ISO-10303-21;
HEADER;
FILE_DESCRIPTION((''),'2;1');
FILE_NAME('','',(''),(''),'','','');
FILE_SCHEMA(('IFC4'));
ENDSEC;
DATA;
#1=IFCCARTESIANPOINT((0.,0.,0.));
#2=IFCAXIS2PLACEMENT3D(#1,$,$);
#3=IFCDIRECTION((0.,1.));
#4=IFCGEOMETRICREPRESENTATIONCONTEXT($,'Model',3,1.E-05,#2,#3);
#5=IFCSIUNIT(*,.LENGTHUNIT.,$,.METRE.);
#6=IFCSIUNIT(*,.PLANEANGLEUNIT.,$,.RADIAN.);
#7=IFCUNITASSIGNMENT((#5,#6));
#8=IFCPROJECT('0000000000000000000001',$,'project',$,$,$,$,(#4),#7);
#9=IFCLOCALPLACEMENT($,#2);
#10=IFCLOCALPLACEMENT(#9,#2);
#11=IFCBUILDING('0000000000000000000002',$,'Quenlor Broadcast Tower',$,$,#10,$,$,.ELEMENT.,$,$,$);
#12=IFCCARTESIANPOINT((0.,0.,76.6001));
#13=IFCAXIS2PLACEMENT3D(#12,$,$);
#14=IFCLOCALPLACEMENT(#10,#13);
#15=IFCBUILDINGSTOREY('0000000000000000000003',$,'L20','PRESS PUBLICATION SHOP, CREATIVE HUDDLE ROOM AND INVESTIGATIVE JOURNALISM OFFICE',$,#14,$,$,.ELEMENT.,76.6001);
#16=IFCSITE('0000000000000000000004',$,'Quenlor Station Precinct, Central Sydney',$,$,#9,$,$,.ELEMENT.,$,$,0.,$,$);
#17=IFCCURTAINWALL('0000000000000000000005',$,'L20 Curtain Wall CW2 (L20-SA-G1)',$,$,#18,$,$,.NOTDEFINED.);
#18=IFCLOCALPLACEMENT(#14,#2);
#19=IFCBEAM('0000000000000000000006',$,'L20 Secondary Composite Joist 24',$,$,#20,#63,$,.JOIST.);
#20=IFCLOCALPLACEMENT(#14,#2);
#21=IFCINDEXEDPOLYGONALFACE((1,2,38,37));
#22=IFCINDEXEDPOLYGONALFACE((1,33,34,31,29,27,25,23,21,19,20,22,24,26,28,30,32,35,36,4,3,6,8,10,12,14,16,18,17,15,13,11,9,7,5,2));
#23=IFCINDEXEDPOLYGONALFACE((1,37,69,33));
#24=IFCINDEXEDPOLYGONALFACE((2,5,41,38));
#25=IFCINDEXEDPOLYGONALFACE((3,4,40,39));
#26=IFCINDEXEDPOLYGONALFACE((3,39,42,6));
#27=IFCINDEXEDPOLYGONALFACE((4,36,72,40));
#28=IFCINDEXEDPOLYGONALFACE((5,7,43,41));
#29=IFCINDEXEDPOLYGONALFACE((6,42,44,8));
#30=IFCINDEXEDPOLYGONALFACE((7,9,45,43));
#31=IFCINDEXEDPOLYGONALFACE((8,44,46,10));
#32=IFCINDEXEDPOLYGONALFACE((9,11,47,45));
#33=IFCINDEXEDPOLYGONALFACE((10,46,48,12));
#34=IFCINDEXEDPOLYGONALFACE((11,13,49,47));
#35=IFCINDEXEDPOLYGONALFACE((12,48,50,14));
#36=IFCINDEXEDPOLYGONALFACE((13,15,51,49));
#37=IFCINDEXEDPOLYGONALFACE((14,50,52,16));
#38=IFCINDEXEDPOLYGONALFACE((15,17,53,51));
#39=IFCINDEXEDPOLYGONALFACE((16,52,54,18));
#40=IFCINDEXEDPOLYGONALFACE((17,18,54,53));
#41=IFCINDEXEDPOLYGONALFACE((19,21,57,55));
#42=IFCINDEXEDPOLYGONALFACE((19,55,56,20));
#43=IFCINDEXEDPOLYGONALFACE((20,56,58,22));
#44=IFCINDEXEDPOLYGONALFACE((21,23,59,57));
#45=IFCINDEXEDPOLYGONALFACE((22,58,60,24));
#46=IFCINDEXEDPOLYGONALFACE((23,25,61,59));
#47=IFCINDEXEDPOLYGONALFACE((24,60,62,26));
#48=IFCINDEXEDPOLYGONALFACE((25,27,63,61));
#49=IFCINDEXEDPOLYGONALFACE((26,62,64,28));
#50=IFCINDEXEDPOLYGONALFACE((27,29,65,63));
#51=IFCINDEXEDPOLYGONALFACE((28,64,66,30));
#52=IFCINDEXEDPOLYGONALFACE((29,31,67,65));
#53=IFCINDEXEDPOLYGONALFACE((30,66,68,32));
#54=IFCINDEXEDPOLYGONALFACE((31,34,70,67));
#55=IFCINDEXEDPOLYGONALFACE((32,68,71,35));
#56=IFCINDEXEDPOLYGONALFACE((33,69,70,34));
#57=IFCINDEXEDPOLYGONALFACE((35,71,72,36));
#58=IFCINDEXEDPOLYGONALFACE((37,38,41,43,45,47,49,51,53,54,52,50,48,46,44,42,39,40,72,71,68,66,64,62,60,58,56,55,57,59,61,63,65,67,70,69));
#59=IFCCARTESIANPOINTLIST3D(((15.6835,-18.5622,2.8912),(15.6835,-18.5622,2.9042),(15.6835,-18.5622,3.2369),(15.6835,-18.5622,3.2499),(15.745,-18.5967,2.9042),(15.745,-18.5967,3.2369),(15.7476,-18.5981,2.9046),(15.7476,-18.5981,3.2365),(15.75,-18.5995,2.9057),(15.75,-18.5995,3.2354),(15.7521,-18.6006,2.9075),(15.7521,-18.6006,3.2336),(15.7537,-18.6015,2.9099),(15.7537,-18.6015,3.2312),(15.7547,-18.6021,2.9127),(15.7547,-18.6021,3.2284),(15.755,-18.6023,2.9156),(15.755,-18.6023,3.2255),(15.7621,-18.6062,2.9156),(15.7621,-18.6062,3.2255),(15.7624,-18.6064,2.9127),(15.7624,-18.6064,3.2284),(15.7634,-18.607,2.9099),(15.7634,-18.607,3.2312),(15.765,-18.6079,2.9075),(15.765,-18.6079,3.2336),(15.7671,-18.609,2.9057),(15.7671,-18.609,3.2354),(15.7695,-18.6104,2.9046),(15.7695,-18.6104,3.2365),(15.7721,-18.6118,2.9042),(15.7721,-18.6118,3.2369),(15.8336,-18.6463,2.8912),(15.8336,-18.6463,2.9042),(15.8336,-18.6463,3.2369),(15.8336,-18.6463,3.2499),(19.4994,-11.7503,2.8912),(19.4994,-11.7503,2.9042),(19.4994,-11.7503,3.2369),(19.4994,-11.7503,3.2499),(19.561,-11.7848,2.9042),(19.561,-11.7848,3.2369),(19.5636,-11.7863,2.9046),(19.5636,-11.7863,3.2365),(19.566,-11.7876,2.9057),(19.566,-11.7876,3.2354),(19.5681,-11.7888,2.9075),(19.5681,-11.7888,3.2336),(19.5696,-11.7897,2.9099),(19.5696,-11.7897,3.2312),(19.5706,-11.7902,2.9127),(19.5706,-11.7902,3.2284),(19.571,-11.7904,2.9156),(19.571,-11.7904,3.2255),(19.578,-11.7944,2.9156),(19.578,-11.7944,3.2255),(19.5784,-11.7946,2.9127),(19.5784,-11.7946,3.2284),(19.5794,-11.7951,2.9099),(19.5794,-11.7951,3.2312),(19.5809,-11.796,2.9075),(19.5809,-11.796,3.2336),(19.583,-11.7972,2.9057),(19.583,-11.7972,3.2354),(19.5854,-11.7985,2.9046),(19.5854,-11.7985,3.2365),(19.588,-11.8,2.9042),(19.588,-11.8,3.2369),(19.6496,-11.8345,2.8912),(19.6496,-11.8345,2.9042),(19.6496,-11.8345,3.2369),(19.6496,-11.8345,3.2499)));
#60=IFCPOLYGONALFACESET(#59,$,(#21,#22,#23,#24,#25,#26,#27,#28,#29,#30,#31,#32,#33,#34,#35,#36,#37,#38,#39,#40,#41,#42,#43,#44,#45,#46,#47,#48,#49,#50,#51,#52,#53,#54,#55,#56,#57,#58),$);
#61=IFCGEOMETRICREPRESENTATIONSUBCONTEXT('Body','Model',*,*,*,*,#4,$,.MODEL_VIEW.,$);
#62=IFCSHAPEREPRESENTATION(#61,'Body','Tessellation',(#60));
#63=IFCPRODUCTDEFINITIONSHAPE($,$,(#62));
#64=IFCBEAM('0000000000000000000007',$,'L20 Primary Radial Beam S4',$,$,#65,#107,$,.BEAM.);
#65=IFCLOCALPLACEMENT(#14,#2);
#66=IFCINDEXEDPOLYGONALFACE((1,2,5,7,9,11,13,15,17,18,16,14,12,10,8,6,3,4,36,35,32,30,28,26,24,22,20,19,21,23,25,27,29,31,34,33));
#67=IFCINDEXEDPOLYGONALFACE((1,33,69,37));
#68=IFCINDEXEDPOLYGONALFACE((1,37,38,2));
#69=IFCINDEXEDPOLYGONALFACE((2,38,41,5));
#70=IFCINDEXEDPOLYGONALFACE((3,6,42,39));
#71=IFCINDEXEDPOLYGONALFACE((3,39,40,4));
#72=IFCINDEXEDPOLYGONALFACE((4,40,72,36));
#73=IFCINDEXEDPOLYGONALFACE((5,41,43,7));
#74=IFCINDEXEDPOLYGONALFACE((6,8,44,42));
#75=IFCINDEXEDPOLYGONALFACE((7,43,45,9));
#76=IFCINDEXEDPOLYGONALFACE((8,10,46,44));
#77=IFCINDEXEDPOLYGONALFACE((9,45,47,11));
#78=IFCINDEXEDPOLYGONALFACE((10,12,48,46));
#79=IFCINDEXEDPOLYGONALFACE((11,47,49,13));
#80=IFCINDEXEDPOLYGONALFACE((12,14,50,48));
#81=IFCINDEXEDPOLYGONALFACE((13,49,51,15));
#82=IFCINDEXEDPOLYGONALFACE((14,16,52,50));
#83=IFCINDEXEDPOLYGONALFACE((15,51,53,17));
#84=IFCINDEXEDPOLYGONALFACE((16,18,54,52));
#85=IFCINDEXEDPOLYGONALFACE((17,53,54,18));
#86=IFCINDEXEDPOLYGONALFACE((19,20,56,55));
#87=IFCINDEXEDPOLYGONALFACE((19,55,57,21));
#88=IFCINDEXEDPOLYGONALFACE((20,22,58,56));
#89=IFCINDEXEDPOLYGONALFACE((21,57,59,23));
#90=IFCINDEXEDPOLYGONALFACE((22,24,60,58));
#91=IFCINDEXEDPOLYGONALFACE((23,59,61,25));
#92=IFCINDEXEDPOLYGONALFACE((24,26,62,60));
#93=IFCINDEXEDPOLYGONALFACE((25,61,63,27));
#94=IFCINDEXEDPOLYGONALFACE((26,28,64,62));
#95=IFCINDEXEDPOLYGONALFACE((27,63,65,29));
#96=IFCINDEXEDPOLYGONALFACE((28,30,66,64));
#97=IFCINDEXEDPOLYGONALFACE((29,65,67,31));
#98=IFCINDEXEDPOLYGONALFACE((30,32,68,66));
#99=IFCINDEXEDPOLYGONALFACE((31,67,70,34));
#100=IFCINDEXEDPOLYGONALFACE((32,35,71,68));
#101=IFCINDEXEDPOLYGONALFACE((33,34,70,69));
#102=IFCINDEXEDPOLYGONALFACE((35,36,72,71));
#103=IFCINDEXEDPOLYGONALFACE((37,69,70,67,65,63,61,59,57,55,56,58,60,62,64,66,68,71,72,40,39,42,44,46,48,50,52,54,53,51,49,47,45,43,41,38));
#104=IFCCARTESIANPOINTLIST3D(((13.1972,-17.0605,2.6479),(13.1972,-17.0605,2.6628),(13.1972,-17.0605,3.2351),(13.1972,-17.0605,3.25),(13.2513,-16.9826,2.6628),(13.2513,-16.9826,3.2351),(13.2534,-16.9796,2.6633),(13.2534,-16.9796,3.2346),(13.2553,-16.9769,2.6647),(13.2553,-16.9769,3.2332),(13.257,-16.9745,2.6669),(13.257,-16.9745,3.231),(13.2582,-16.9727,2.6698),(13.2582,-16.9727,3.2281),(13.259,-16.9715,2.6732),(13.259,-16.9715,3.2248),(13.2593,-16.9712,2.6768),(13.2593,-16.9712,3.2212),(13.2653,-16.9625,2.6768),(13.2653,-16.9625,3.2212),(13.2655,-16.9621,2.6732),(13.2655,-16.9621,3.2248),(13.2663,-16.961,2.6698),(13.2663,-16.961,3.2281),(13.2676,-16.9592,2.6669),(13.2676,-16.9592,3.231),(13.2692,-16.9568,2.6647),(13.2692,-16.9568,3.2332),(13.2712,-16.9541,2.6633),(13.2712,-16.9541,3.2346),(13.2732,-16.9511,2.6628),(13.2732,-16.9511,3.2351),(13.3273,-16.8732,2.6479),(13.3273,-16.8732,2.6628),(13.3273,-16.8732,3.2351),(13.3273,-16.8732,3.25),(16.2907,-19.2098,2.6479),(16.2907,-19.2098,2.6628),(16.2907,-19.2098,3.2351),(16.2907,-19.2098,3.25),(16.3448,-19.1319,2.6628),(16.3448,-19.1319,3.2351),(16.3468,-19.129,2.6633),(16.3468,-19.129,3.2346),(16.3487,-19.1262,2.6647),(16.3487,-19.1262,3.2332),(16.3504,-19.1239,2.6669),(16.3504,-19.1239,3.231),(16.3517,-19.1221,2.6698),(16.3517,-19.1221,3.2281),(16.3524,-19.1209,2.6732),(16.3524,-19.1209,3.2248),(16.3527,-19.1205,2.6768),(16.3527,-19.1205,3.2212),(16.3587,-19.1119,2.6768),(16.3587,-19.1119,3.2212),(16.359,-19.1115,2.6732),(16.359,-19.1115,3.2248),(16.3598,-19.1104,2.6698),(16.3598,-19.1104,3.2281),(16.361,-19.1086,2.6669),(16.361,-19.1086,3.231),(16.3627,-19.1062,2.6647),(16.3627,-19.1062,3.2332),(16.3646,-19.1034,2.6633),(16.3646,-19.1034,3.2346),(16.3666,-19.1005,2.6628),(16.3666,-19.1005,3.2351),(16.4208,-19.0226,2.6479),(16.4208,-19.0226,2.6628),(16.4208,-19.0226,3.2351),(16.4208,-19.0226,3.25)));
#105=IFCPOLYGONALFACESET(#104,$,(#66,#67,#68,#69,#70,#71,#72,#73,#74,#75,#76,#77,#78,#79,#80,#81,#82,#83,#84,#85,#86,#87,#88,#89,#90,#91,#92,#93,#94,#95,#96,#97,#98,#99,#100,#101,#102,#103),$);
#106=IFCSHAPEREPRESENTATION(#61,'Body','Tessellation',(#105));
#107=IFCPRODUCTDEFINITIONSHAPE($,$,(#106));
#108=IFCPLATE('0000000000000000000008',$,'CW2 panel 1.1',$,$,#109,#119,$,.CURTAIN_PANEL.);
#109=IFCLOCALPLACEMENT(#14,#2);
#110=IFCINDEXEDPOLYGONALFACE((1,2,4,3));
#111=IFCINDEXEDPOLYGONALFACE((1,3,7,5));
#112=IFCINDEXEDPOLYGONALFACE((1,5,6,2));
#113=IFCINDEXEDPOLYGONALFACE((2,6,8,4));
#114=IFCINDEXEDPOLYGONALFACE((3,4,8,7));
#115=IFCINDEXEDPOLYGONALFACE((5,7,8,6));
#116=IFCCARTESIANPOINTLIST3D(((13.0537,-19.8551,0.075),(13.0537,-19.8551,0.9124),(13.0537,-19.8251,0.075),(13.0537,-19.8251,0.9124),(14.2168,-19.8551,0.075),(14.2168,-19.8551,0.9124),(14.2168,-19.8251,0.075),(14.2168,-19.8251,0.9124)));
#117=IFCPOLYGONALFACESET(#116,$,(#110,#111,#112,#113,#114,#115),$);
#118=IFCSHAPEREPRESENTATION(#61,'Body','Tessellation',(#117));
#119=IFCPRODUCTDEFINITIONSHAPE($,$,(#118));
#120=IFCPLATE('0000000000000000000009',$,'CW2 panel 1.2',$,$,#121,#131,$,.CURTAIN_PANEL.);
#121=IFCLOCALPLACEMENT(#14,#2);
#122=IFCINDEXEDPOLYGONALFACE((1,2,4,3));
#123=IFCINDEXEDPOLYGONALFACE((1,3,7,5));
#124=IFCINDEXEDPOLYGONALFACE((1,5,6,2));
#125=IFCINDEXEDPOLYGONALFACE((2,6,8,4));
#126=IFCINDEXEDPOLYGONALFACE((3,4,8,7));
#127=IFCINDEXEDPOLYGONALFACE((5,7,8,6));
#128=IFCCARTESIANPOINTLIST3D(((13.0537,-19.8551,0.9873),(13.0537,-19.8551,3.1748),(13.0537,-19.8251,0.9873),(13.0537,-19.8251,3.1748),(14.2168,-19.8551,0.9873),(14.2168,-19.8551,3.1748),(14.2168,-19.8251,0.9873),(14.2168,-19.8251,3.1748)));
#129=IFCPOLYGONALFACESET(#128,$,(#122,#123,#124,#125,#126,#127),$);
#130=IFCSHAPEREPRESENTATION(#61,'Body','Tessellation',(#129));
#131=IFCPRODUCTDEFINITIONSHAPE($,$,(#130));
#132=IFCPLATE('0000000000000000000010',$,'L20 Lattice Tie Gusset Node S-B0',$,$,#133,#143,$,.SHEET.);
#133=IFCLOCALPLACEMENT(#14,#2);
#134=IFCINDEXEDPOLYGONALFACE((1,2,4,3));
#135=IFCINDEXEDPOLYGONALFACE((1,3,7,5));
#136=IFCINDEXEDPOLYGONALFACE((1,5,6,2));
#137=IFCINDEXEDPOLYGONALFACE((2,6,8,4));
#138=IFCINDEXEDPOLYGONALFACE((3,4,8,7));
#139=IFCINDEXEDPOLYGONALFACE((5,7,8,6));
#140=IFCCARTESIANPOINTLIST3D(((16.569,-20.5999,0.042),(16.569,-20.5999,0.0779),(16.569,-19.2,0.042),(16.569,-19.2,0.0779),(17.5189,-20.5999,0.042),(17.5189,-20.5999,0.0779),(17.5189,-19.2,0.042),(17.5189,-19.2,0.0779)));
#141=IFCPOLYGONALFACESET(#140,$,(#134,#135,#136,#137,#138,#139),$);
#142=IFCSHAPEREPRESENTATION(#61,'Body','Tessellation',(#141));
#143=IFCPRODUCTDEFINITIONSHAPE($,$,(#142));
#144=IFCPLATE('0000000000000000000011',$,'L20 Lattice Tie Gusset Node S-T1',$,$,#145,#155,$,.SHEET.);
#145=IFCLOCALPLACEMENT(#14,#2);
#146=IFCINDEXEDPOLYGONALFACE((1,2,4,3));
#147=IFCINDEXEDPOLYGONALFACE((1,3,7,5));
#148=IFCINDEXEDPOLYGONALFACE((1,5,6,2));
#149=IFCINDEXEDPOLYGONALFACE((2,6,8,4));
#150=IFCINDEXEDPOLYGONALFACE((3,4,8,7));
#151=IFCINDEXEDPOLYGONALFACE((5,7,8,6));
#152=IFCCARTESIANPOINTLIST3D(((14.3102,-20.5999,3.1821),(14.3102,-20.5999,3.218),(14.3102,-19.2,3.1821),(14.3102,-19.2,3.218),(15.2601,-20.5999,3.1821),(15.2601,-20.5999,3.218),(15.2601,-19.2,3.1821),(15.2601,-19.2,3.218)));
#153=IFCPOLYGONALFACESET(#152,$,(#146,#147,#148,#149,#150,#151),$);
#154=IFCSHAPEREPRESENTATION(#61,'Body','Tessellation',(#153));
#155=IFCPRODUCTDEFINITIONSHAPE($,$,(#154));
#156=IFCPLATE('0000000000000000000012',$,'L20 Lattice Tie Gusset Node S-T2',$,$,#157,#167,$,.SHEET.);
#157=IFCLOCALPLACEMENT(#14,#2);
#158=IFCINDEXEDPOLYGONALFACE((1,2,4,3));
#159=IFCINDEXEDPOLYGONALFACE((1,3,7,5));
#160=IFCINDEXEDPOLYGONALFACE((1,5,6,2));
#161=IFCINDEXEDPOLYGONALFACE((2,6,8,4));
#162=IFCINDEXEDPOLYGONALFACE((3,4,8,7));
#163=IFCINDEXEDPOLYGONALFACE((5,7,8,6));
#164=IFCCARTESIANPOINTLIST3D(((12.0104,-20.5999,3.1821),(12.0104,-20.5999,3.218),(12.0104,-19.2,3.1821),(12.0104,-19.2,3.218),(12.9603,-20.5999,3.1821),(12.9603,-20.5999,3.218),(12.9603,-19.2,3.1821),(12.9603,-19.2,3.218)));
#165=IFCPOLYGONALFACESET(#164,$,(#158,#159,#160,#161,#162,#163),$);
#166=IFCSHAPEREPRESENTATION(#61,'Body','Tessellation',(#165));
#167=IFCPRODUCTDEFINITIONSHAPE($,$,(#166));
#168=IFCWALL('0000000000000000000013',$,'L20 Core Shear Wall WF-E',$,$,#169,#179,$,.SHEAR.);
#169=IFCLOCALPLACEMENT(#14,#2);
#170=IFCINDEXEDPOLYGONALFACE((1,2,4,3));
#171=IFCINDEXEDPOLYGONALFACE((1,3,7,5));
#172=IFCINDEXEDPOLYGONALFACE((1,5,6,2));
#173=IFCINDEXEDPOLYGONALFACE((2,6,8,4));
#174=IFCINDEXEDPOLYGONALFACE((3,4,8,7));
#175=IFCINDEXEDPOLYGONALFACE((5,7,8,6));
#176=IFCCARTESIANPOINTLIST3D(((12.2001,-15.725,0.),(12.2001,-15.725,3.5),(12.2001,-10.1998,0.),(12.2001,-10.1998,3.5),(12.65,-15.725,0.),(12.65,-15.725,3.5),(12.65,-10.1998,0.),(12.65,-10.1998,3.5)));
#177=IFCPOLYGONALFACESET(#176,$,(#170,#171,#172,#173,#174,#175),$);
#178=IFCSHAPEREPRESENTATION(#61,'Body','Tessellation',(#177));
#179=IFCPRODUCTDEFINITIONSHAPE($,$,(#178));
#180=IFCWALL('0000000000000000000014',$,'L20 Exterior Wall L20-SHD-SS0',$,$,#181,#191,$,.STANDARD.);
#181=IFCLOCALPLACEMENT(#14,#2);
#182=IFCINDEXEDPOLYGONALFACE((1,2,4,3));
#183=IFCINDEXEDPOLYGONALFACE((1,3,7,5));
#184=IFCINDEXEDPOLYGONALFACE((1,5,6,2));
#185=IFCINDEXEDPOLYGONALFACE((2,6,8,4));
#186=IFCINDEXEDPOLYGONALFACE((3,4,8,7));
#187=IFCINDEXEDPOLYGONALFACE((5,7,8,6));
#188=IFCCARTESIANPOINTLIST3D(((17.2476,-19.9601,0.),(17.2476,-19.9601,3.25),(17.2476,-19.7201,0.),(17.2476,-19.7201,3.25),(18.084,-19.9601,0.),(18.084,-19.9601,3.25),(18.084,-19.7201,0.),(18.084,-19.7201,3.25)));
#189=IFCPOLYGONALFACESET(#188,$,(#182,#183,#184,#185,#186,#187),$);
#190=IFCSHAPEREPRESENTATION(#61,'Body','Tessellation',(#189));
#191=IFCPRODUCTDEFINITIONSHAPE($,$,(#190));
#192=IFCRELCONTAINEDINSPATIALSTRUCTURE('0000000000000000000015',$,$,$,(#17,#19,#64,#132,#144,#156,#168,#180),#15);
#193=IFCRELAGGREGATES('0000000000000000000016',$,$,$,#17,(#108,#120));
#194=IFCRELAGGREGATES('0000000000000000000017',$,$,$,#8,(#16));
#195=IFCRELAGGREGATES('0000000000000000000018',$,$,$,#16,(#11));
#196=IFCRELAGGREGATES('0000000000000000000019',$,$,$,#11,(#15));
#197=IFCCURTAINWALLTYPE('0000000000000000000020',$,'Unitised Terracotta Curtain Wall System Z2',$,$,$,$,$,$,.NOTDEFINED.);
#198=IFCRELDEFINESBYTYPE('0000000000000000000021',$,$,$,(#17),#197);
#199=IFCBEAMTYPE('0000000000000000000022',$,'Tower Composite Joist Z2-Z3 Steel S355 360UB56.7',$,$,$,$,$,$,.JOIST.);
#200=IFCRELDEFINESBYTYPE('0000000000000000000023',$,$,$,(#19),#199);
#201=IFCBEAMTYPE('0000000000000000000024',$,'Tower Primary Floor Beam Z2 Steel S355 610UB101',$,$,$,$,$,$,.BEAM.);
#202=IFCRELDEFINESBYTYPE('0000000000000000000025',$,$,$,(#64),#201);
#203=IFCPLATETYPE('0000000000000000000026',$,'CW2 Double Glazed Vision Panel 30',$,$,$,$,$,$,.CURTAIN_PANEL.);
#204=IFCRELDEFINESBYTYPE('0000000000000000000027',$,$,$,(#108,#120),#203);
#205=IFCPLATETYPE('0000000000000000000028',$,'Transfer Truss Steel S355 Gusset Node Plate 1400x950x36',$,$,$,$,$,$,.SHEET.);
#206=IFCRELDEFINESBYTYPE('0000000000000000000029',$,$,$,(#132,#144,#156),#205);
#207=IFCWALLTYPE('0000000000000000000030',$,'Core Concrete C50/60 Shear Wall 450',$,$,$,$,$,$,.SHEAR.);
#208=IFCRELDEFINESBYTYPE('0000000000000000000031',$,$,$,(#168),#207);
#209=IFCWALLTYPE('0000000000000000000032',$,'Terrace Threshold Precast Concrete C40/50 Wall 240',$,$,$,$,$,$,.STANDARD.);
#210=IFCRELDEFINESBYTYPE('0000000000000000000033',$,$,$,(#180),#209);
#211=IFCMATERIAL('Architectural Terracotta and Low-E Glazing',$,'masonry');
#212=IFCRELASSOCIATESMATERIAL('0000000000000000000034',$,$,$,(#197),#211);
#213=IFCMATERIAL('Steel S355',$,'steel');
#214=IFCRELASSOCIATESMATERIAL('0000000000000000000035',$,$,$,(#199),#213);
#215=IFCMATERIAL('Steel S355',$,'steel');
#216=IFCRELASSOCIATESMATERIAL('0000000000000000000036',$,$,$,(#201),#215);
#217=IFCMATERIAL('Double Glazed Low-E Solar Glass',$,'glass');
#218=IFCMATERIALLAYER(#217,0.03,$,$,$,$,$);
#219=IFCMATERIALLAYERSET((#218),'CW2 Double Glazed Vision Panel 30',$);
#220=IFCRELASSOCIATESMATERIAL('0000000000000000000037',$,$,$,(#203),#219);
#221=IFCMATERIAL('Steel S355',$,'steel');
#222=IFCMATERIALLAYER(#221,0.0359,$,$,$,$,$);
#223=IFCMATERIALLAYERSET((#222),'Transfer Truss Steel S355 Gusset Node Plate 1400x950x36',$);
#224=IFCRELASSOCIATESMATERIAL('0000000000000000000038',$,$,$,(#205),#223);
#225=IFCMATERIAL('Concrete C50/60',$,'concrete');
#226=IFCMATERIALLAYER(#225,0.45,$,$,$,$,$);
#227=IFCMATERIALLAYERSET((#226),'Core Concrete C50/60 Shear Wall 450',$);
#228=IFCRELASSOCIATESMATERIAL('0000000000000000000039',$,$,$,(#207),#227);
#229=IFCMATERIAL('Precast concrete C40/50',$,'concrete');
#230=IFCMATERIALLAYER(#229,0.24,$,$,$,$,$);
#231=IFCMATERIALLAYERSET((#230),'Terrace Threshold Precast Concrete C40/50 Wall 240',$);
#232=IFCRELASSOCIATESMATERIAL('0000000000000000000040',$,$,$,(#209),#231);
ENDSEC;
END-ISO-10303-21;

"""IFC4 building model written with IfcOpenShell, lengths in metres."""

from ifc_helpers import new_model, si_unit, direction, frame, frame_2d, origin, origin_2d, place, context, subcontext, project, spatial, rectangle, i_section, extrude, material, layer, layer_set, material_profile, profile_set, type_object, element, aggregate, save


model = new_model("IFC4")

# Units and contexts
model_context = context("Model", 3, precision=1e-05, world=origin(), true_north=direction((0.0, 1.0)))
body_context = subcontext(model_context, "Body", "Model", "MODEL_VIEW")
ifc_project = project(units=[si_unit("LENGTHUNIT", "METRE"), si_unit("PLANEANGLEUNIT", "RADIAN")], contexts=[model_context])

# Site, building, storey
site_placement = place(None, origin())
site = spatial("IfcSite", under=ifc_project, at=site_placement, Name="Quenlor Station Precinct, Central Sydney", CompositionType="ELEMENT", RefElevation=0.0)
building_placement = place(site_placement, origin())
building = spatial("IfcBuilding", under=site, at=building_placement, Name="Quenlor Broadcast Tower", CompositionType="ELEMENT")
storey_placement = place(building_placement, frame((0.0, 0.0, 76.6001)))
storey = spatial("IfcBuildingStorey", under=building, at=storey_placement, Name="L20", Description="PRESS PUBLICATION SHOP, CREATIVE HUDDLE ROOM AND INVESTIGATIVE JOURNALISM OFFICE", CompositionType="ELEMENT", Elevation=76.6001)

# Curtain wall
ifc_material_1 = material(Name="Architectural Terracotta and Low-E Glazing", Category="masonry")
curtain_wall_type = type_object("IfcCurtainWallType", Name="Unitised Terracotta Curtain Wall System Z2", PredefinedType="NOTDEFINED", material=ifc_material_1)
curtain_wall_placement = place(storey_placement, origin())
curtain_wall = element("IfcCurtainWall", 1, at=curtain_wall_placement, inside=storey, type_object=curtain_wall_type, Name="L20 Curtain Wall CW2 (L20-SA-G1)", PredefinedType="NOTDEFINED")

# Beams
ifc_material_2 = material(Name="Steel S355", Category="steel")
ifc_material_profile_1 = material_profile(ifc_material_2, i_section(OverallWidth=0.1721, OverallDepth=0.3586, WebThickness=0.0081, FlangeThickness=0.0129, FilletRadius=0.0115, at=origin_2d()))
ifc_profile_set_1 = profile_set([ifc_material_profile_1], Name="Steel S355 360UB56.7")
beam_type_1 = type_object("IfcBeamType", Name="Tower Composite Joist Z2-Z3 Steel S355 360UB56.7", PredefinedType="JOIST", material=ifc_profile_set_1)
beam_1_placement = place(storey_placement, frame((15.7585, -18.6042, 3.0706), z_axis=(0.488733, 0.872433, 0.0), x_axis=(-0.872433, 0.488733, 0.0)))
element("IfcBeam", 2, at=beam_1_placement, inside=storey, type_object=beam_type_1, Name="L20 Secondary Composite Joist 24", PredefinedType="JOIST", context=body_context, shape_type="SweptSolid", body=[
    extrude(i_section(OverallWidth=0.1721, OverallDepth=0.3586, WebThickness=0.0081, FlangeThickness=0.0129, FilletRadius=0.0115, at=origin_2d()), origin(), (0.0, 0.0, 1.0), 7.8079),
])
ifc_material_3 = material(Name="Steel S355", Category="steel")
ifc_material_profile_2 = material_profile(ifc_material_3, i_section(OverallWidth=0.228, OverallDepth=0.6021, WebThickness=0.0105, FlangeThickness=0.0149, FilletRadius=0.0139, at=origin_2d()))
ifc_profile_set_2 = profile_set([ifc_material_profile_2], Name="Steel S355 610UB101")
beam_type_2 = type_object("IfcBeamType", Name="Tower Primary Floor Beam Z2 Steel S355 610UB101", PredefinedType="BEAM", material=ifc_profile_set_2)
beam_2_placement = place(storey_placement, frame((16.3557, -19.1162, 2.949), z_axis=(-0.821227, 0.570601, 0.0), x_axis=(-0.570601, -0.821227, 0.0)))
element("IfcBeam", 3, at=beam_2_placement, inside=storey, type_object=beam_type_2, Name="L20 Primary Radial Beam S4", PredefinedType="BEAM", context=body_context, shape_type="SweptSolid", body=[
    extrude(i_section(OverallWidth=0.228, OverallDepth=0.6021, WebThickness=0.0105, FlangeThickness=0.0149, FilletRadius=0.0139, at=origin_2d()), origin(), (0.0, 0.0, 1.0), 3.7668),
])

# Plates
ifc_material_4 = material(Name="Double Glazed Low-E Solar Glass", Category="glass")
ifc_layer_1 = layer(ifc_material_4, 0.03)
ifc_layer_set_1 = layer_set([ifc_layer_1], Name="CW2 Double Glazed Vision Panel 30")
plate_type_1 = type_object("IfcPlateType", Name="CW2 Double Glazed Vision Panel 30", PredefinedType="CURTAIN_PANEL", material=ifc_layer_set_1)
plate_1_placement = place(storey_placement, frame((13.6353, -19.8401, 0.075), z_axis=(0.0, 0.0, 1.0), x_axis=(-1.0, 0.0, 0.0)))
plate_1 = element("IfcPlate", 4, at=plate_1_placement, type_object=plate_type_1, Name="CW2 panel 1.1", PredefinedType="CURTAIN_PANEL", context=body_context, shape_type="SweptSolid", body=[
    extrude(rectangle(XDim=1.1631, YDim=0.03, at=origin_2d()), origin(), (0.0, 0.0, 1.0), 0.8374),
])
plate_2_placement = place(storey_placement, frame((13.6353, -19.8401, 0.9873), z_axis=(0.0, 0.0, 1.0), x_axis=(-1.0, 0.0, 0.0)))
plate_2 = element("IfcPlate", 5, at=plate_2_placement, type_object=plate_type_1, Name="CW2 panel 1.2", PredefinedType="CURTAIN_PANEL", context=body_context, shape_type="SweptSolid", body=[
    extrude(rectangle(XDim=1.1631, YDim=0.03, at=origin_2d()), origin(), (0.0, 0.0, 1.0), 2.1875),
])
aggregate(curtain_wall, [plate_1, plate_2])

# Plates
ifc_material_5 = material(Name="Steel S355", Category="steel")
ifc_layer_2 = layer(ifc_material_5, 0.0359)
ifc_layer_set_2 = layer_set([ifc_layer_2], Name="Transfer Truss Steel S355 Gusset Node Plate 1400x950x36")
plate_type_2 = type_object("IfcPlateType", Name="Transfer Truss Steel S355 Gusset Node Plate 1400x950x36", PredefinedType="SHEET", material=ifc_layer_set_2)
for number, where, z_axis, x_axis, name in (
    (6, (17.0439, -19.8999, 0.042), (0.0, 0.0, 1.0), (0.0, -1.0, 0.0), "L20 Lattice Tie Gusset Node S-B0"),
    (7, (14.7852, -19.8999, 3.1821), (0.0, 0.0, 1.0), (0.0, -1.0, 0.0), "L20 Lattice Tie Gusset Node S-T1"),
    (8, (12.4854, -19.8999, 3.1821), (0.0, 0.0, 1.0), (0.0, -1.0, 0.0), "L20 Lattice Tie Gusset Node S-T2"),
):
    element("IfcPlate", number, at=place(storey_placement, frame(where, z_axis=z_axis, x_axis=x_axis)), inside=storey, type_object=plate_type_2, Name=name, PredefinedType="SHEET", context=body_context, shape_type="SweptSolid", body=[
        extrude(rectangle(XDim=1.3999, YDim=0.95, at=origin_2d()), origin(), (0.0, 0.0, 1.0), 0.0359),
    ])

# Walls
ifc_material_6 = material(Name="Concrete C50/60", Category="concrete")
ifc_layer_3 = layer(ifc_material_6, 0.45)
ifc_layer_set_3 = layer_set([ifc_layer_3], Name="Core Concrete C50/60 Shear Wall 450")
wall_type_1 = type_object("IfcWallType", Name="Core Concrete C50/60 Shear Wall 450", PredefinedType="SHEAR", material=ifc_layer_set_3)
wall_1_placement = place(storey_placement, frame((12.425, -15.7251, 0.0), z_axis=(0.0, 0.0, 1.0), x_axis=(0.0, 1.0, 0.0)))
element("IfcWall", 9, at=wall_1_placement, inside=storey, type_object=wall_type_1, Name="L20 Core Shear Wall WF-E", PredefinedType="SHEAR", context=body_context, shape_type="SweptSolid", body=[
    extrude(rectangle(XDim=5.5251, YDim=0.45, at=frame_2d((2.7627, 0.0))), origin(), (0.0, 0.0, 1.0), 3.5),
])
ifc_material_7 = material(Name="Precast concrete C40/50", Category="concrete")
ifc_layer_4 = layer(ifc_material_7, 0.24)
ifc_layer_set_4 = layer_set([ifc_layer_4], Name="Terrace Threshold Precast Concrete C40/50 Wall 240")
wall_type_2 = type_object("IfcWallType", Name="Terrace Threshold Precast Concrete C40/50 Wall 240", PredefinedType="STANDARD", material=ifc_layer_set_4)
wall_2_placement = place(storey_placement, frame((18.084, -19.8401, 0.0), z_axis=(0.0, 0.0, 1.0), x_axis=(-1.0, 0.0, 0.0)))
element("IfcWall", 10, at=wall_2_placement, inside=storey, type_object=wall_type_2, Name="L20 Exterior Wall L20-SHD-SS0", PredefinedType="STANDARD", context=body_context, shape_type="SweptSolid", body=[
    extrude(rectangle(XDim=0.8364, YDim=0.24, at=frame_2d((0.4182, 0.0))), origin(), (0.0, 0.0, 1.0), 3.25),
])

save(model, "model.ifc")
